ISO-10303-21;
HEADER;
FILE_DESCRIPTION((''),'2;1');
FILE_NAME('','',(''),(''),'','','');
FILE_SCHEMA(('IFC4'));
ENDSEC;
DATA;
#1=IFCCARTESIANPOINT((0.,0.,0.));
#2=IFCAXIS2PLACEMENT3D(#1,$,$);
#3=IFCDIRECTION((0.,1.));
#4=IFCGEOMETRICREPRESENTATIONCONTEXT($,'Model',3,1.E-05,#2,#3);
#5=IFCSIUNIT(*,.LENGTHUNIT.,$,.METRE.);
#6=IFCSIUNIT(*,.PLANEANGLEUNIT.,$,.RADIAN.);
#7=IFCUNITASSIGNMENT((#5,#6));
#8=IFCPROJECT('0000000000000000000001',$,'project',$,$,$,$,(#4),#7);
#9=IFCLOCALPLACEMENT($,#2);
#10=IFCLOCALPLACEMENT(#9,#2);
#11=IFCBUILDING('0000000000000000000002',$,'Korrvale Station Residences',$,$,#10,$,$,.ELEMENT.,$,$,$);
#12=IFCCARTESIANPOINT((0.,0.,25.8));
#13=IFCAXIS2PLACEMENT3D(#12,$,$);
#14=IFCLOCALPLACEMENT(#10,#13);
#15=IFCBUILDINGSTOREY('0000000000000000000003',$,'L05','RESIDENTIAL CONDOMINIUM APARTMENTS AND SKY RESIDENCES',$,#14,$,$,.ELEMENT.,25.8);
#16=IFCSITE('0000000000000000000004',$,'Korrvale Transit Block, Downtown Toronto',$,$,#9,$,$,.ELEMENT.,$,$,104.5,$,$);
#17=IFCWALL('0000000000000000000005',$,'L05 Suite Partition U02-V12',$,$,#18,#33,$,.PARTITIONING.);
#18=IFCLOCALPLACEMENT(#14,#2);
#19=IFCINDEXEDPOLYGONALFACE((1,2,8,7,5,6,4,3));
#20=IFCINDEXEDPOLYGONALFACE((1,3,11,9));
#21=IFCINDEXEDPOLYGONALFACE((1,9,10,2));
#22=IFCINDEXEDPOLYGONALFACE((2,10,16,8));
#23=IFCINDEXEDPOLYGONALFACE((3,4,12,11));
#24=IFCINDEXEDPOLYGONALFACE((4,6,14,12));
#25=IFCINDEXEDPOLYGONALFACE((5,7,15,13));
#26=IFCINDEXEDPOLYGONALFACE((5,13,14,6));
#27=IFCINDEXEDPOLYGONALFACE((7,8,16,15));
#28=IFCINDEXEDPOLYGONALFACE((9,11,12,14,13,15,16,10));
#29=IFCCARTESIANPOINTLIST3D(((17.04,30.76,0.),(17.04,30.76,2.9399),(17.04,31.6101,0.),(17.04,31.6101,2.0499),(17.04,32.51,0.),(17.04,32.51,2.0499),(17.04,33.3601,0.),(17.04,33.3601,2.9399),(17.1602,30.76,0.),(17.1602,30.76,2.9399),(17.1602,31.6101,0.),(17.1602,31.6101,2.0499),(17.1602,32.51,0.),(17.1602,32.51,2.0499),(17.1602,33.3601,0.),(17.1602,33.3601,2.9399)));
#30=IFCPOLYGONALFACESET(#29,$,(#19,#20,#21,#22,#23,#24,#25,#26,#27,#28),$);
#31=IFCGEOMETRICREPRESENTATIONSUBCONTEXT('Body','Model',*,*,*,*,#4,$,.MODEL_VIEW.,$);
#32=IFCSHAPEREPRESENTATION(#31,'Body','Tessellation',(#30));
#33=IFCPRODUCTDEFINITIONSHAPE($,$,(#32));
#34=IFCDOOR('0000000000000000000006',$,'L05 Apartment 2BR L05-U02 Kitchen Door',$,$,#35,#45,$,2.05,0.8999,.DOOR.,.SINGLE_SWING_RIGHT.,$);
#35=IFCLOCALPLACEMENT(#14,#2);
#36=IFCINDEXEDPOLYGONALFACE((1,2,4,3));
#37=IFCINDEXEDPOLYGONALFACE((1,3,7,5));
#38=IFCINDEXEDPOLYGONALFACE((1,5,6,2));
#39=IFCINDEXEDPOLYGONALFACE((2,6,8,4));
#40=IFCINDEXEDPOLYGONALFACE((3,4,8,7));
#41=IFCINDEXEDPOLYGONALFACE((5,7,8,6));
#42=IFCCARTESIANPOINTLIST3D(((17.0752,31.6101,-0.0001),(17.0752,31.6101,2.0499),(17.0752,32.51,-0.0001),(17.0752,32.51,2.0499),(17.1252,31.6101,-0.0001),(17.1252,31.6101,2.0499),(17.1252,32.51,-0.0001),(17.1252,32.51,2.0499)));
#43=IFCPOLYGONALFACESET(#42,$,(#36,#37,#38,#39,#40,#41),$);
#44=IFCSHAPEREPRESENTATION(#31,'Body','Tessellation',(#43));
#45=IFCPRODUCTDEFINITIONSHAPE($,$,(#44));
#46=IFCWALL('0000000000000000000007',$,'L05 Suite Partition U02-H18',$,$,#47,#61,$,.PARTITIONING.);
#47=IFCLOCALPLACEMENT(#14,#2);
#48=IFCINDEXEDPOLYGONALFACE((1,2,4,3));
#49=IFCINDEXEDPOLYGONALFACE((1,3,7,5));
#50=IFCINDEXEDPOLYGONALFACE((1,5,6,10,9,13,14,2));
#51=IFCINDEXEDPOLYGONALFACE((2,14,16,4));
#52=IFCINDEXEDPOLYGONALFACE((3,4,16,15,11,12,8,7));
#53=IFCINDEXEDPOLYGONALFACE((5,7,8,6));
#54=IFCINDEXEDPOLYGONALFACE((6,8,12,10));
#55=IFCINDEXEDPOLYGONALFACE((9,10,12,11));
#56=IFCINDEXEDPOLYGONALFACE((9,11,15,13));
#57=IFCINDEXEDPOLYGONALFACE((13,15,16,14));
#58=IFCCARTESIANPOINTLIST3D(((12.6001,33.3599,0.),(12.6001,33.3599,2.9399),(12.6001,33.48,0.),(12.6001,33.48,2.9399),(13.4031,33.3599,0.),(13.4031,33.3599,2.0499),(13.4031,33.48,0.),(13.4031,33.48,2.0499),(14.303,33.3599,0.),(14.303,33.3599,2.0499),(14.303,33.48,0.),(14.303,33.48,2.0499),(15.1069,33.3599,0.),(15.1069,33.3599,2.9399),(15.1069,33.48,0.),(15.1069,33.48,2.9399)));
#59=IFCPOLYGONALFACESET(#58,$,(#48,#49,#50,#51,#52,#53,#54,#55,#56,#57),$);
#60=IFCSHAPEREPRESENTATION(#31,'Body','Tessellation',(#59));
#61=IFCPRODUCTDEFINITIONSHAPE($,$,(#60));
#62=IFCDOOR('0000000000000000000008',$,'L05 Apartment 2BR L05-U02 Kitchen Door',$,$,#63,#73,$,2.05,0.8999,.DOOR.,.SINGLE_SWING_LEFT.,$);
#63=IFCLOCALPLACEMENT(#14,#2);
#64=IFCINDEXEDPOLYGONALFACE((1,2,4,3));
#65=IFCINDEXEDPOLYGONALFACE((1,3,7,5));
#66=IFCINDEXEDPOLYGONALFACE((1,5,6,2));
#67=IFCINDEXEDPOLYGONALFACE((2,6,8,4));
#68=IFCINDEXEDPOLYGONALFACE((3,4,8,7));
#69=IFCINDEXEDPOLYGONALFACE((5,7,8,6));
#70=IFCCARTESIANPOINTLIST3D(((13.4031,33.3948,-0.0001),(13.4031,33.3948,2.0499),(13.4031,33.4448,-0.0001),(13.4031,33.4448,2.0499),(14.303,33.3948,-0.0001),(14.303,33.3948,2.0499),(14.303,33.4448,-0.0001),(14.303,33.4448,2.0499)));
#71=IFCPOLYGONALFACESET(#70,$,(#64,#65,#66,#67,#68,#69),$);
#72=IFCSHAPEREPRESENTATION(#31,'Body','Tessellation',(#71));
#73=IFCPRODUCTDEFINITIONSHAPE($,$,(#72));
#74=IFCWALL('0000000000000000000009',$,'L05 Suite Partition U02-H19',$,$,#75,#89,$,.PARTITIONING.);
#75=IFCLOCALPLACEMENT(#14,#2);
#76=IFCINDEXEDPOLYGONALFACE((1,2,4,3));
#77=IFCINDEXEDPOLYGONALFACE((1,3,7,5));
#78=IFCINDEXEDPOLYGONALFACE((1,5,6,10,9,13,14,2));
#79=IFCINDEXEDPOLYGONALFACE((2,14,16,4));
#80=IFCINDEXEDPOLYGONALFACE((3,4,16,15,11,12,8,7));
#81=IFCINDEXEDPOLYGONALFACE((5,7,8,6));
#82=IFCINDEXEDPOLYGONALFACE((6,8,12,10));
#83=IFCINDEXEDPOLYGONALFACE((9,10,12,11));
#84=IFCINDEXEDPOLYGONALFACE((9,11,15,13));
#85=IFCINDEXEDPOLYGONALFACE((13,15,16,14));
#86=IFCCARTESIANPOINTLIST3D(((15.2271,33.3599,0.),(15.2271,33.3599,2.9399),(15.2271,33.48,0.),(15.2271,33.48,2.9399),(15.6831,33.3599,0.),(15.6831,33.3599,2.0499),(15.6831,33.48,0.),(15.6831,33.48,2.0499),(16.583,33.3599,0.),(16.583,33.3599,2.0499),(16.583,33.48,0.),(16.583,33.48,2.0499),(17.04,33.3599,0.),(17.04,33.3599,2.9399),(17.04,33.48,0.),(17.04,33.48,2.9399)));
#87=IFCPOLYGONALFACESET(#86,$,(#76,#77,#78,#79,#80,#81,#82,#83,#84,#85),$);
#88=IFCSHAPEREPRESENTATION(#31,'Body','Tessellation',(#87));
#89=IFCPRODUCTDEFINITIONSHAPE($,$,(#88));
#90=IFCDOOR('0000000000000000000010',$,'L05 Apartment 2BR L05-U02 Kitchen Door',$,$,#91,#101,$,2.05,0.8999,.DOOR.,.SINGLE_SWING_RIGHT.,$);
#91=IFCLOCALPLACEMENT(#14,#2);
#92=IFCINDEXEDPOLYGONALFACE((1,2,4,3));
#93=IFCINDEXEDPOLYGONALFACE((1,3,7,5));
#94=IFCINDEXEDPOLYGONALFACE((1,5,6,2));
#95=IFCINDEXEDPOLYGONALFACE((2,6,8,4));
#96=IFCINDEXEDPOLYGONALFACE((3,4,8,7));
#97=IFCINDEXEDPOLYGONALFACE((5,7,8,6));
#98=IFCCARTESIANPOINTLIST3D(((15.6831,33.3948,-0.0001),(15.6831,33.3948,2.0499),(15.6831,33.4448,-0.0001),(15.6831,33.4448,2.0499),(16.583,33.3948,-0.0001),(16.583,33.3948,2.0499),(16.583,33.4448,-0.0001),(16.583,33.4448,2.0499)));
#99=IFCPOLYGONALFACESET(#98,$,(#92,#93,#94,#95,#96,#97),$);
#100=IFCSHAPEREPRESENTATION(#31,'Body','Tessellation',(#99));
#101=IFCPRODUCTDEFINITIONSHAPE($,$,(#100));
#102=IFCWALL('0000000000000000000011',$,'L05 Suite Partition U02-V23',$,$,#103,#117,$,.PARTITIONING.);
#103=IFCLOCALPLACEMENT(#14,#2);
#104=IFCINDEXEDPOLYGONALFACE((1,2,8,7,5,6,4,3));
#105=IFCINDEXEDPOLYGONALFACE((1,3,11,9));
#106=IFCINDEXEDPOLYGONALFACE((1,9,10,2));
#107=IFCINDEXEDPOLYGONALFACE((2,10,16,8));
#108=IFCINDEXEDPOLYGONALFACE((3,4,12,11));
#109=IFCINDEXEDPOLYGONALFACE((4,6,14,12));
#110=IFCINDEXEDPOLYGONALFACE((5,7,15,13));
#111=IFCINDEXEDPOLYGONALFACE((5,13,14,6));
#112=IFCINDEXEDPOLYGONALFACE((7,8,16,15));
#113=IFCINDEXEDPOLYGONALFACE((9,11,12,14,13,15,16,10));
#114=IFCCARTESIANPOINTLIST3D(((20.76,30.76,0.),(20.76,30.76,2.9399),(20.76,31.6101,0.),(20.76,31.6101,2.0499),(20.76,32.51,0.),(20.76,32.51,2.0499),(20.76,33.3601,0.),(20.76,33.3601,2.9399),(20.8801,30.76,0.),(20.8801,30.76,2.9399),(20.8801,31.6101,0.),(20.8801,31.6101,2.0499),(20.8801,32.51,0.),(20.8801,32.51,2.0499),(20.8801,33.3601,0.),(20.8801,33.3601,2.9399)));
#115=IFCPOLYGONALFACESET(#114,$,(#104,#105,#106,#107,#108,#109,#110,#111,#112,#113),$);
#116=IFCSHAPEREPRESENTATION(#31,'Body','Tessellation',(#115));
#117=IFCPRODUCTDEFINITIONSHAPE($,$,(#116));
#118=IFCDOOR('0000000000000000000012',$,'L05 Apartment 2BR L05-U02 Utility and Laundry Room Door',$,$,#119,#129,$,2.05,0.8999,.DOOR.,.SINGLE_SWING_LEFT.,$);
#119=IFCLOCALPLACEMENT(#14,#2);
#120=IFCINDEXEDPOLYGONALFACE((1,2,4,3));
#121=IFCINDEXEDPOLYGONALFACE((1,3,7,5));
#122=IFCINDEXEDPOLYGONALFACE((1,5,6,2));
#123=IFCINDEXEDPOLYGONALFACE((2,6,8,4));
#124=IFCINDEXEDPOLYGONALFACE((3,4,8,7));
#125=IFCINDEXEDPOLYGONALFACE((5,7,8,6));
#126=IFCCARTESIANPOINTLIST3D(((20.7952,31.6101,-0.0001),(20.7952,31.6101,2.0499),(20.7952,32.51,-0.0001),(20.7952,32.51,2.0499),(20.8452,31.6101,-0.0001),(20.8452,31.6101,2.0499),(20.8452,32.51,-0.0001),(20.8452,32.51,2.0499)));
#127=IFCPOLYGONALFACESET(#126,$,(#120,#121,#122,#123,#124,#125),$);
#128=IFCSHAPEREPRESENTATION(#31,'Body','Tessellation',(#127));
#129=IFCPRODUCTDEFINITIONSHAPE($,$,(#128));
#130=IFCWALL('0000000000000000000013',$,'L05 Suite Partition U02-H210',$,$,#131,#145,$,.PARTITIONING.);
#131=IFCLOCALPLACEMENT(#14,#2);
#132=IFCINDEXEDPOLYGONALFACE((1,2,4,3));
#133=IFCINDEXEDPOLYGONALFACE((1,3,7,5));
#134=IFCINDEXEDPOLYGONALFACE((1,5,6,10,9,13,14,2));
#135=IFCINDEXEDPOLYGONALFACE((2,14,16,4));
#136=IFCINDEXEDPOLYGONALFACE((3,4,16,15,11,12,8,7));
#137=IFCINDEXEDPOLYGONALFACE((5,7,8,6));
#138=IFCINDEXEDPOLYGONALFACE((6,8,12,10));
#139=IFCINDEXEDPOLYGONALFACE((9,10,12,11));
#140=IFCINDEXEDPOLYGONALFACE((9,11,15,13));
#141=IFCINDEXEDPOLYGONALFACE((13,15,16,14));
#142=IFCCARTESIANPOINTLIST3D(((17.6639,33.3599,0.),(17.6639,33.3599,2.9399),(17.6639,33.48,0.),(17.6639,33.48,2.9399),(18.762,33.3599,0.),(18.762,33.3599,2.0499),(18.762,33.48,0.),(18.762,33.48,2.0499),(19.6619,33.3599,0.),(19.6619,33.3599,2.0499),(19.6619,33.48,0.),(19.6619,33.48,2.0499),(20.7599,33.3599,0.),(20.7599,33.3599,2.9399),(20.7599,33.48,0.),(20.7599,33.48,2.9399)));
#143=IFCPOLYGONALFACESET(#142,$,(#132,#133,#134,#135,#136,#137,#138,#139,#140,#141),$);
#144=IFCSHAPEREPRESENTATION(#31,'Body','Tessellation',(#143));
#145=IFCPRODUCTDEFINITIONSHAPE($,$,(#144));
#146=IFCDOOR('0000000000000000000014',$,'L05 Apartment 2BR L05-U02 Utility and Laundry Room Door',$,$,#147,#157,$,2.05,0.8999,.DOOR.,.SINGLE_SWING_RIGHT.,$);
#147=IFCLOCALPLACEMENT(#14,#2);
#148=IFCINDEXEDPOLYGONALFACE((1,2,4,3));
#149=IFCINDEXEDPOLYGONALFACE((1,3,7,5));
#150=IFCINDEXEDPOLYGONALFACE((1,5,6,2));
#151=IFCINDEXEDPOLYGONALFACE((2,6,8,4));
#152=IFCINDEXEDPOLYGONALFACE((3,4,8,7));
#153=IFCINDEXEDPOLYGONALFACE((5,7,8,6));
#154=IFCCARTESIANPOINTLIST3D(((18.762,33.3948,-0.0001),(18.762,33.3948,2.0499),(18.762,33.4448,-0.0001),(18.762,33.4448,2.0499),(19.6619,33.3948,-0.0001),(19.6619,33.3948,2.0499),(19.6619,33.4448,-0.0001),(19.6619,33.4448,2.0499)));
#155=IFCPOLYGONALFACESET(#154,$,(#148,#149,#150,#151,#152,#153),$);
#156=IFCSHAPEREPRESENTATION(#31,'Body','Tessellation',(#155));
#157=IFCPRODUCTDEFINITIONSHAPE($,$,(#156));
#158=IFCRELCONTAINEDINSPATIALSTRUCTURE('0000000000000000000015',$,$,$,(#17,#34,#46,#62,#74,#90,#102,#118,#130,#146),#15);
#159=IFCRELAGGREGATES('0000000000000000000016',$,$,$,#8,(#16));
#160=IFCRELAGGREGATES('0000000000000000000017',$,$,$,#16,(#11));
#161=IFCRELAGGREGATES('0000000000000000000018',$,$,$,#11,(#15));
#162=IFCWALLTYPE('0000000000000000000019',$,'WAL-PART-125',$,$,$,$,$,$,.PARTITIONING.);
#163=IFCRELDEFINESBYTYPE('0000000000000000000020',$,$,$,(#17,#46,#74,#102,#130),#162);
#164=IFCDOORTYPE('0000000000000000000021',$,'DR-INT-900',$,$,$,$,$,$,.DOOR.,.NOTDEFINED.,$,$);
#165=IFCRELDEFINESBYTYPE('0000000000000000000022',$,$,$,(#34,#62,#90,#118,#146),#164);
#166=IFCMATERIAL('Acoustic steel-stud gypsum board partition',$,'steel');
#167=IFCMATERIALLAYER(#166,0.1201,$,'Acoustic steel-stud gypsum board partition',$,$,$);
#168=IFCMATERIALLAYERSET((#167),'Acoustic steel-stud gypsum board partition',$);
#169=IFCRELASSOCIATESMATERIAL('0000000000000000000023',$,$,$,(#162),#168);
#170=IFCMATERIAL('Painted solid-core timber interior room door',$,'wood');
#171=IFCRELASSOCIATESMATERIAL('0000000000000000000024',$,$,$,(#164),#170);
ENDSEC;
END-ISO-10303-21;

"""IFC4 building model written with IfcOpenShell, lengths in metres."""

from ifc_helpers import new_model, si_unit, direction, frame, frame_2d, origin, place, context, subcontext, project, spatial, rectangle, extrude, material, layer, layer_set, type_object, element, fill, save


model = new_model("IFC4")

# Units and contexts
model_context = context("Model", 3, precision=1e-05, world=origin(), true_north=direction((0.0, 1.0)))
body_context = subcontext(model_context, "Body", "Model", "MODEL_VIEW")
ifc_project = project(units=[si_unit("LENGTHUNIT", "METRE"), si_unit("PLANEANGLEUNIT", "RADIAN")], contexts=[model_context])

# Site, building, storey
site_placement = place(None, origin())
site = spatial("IfcSite", under=ifc_project, at=site_placement, Name="Korrvale Transit Block, Downtown Toronto", CompositionType="ELEMENT", RefElevation=104.5)
building_placement = place(site_placement, origin())
building = spatial("IfcBuilding", under=site, at=building_placement, Name="Korrvale Station Residences", CompositionType="ELEMENT")
storey_placement = place(building_placement, frame((0.0, 0.0, 25.8)))
storey = spatial("IfcBuildingStorey", under=building, at=storey_placement, Name="L05", Description="RESIDENTIAL CONDOMINIUM APARTMENTS AND SKY RESIDENCES", CompositionType="ELEMENT", Elevation=25.8)

# Walls, openings, doors
ifc_material_1 = material(Name="Acoustic steel-stud gypsum board partition", Category="steel")
ifc_layer = layer(ifc_material_1, 0.1201, Name="Acoustic steel-stud gypsum board partition")
ifc_layer_set = layer_set([ifc_layer], Name="Acoustic steel-stud gypsum board partition")
wall_type = type_object("IfcWallType", Name="WAL-PART-125", PredefinedType="PARTITIONING", material=ifc_layer_set)
wall_1_placement = place(storey_placement, frame((17.1001, 30.76, 0.0), z_axis=(0.0, 0.0, 1.0), x_axis=(0.0, 1.0, 0.0)))
wall_1 = element("IfcWall", 1, at=wall_1_placement, inside=storey, type_object=wall_type, Name="L05 Suite Partition U02-V12", PredefinedType="PARTITIONING", context=body_context, shape_type="SweptSolid", body=[
    extrude(rectangle(XDim=2.6001, YDim=0.1201, at=frame_2d((1.3, 0.0))), origin(), (0.0, 0.0, 1.0), 2.9399),
])
opening_1_placement = place(wall_1_placement, frame((0.8501, 0.0, 0.0)))
opening_1 = element("IfcOpeningElement", 2, at=opening_1_placement, cuts=wall_1, PredefinedType="OPENING", context=body_context, shape_type="SweptSolid", body=[
    extrude(rectangle(XDim=0.8999, YDim=2.05, at=frame_2d((0.45, 1.0249))), frame((0.0, 0.0701, 0.0), z_axis=(0.0, -1.0, 0.0), x_axis=(1.0, 0.0, 0.0)), (0.0, 0.0, 1.0), 0.1401),
])
ifc_material_2 = material(Name="Painted solid-core timber interior room door", Category="wood")
door_type = type_object("IfcDoorType", Name="DR-INT-900", OperationType="NOTDEFINED", PredefinedType="DOOR", material=ifc_material_2)
door_1_placement = place(opening_1_placement, origin())
door_1 = element("IfcDoor", 3, at=door_1_placement, inside=storey, type_object=door_type, Name="L05 Apartment 2BR L05-U02 Kitchen Door", OperationType="SINGLE_SWING_RIGHT", OverallHeight=2.05, OverallWidth=0.8999, PredefinedType="DOOR", context=body_context, shape_type="SweptSolid", body=[
    extrude(rectangle(XDim=0.8999, YDim=2.05, at=frame_2d((0.45, 1.0249))), frame((0.0, 0.0249, 0.0), z_axis=(0.0, -1.0, 0.0), x_axis=(1.0, 0.0, 0.0)), (0.0, 0.0, 1.0), 0.05),
])
fill(opening_1, door_1)
wall_2_placement = place(storey_placement, frame((12.6001, 33.4199, 0.0), z_axis=(0.0, 0.0, 1.0), x_axis=(1.0, 0.0, 0.0)))
wall_2 = element("IfcWall", 4, at=wall_2_placement, inside=storey, type_object=wall_type, Name="L05 Suite Partition U02-H18", PredefinedType="PARTITIONING", context=body_context, shape_type="SweptSolid", body=[
    extrude(rectangle(XDim=2.5068, YDim=0.1201, at=frame_2d((1.2534, 0.0))), origin(), (0.0, 0.0, 1.0), 2.9399),
])
opening_2_placement = place(wall_2_placement, frame((0.803, 0.0, 0.0)))
opening_2 = element("IfcOpeningElement", 5, at=opening_2_placement, cuts=wall_2, PredefinedType="OPENING", context=body_context, shape_type="SweptSolid", body=[
    extrude(rectangle(XDim=0.8999, YDim=2.05, at=frame_2d((0.45, 1.0249))), frame((0.0, 0.0701, 0.0), z_axis=(0.0, -1.0, 0.0), x_axis=(1.0, 0.0, 0.0)), (0.0, 0.0, 1.0), 0.1401),
])
door_2_placement = place(opening_2_placement, origin())
door_2 = element("IfcDoor", 6, at=door_2_placement, inside=storey, type_object=door_type, Name="L05 Apartment 2BR L05-U02 Kitchen Door", OperationType="SINGLE_SWING_LEFT", OverallHeight=2.05, OverallWidth=0.8999, PredefinedType="DOOR", context=body_context, shape_type="SweptSolid", body=[
    extrude(rectangle(XDim=0.8999, YDim=2.05, at=frame_2d((0.45, 1.0249))), frame((0.0, 0.0249, 0.0), z_axis=(0.0, -1.0, 0.0), x_axis=(1.0, 0.0, 0.0)), (0.0, 0.0, 1.0), 0.05),
])
fill(opening_2, door_2)
wall_3_placement = place(storey_placement, frame((15.2271, 33.4199, 0.0), z_axis=(0.0, 0.0, 1.0), x_axis=(1.0, 0.0, 0.0)))
wall_3 = element("IfcWall", 7, at=wall_3_placement, inside=storey, type_object=wall_type, Name="L05 Suite Partition U02-H19", PredefinedType="PARTITIONING", context=body_context, shape_type="SweptSolid", body=[
    extrude(rectangle(XDim=1.813, YDim=0.1201, at=frame_2d((0.9065, 0.0))), origin(), (0.0, 0.0, 1.0), 2.9399),
])
opening_3_placement = place(wall_3_placement, frame((0.4561, 0.0, 0.0)))
opening_3 = element("IfcOpeningElement", 8, at=opening_3_placement, cuts=wall_3, PredefinedType="OPENING", context=body_context, shape_type="SweptSolid", body=[
    extrude(rectangle(XDim=0.8999, YDim=2.05, at=frame_2d((0.45, 1.0249))), frame((0.0, 0.0701, 0.0), z_axis=(0.0, -1.0, 0.0), x_axis=(1.0, 0.0, 0.0)), (0.0, 0.0, 1.0), 0.1401),
])
door_3_placement = place(opening_3_placement, origin())
door_3 = element("IfcDoor", 9, at=door_3_placement, inside=storey, type_object=door_type, Name="L05 Apartment 2BR L05-U02 Kitchen Door", OperationType="SINGLE_SWING_RIGHT", OverallHeight=2.05, OverallWidth=0.8999, PredefinedType="DOOR", context=body_context, shape_type="SweptSolid", body=[
    extrude(rectangle(XDim=0.8999, YDim=2.05, at=frame_2d((0.45, 1.0249))), frame((0.0, 0.0249, 0.0), z_axis=(0.0, -1.0, 0.0), x_axis=(1.0, 0.0, 0.0)), (0.0, 0.0, 1.0), 0.05),
])
fill(opening_3, door_3)
wall_4_placement = place(storey_placement, frame((20.8201, 30.76, 0.0), z_axis=(0.0, 0.0, 1.0), x_axis=(0.0, 1.0, 0.0)))
wall_4 = element("IfcWall", 10, at=wall_4_placement, inside=storey, type_object=wall_type, Name="L05 Suite Partition U02-V23", PredefinedType="PARTITIONING", context=body_context, shape_type="SweptSolid", body=[
    extrude(rectangle(XDim=2.6001, YDim=0.1201, at=frame_2d((1.3, 0.0))), origin(), (0.0, 0.0, 1.0), 2.9399),
])
opening_4_placement = place(wall_4_placement, frame((0.8501, 0.0, 0.0)))
opening_4 = element("IfcOpeningElement", 11, at=opening_4_placement, cuts=wall_4, PredefinedType="OPENING", context=body_context, shape_type="SweptSolid", body=[
    extrude(rectangle(XDim=0.8999, YDim=2.05, at=frame_2d((0.45, 1.0249))), frame((0.0, 0.0701, 0.0), z_axis=(0.0, -1.0, 0.0), x_axis=(1.0, 0.0, 0.0)), (0.0, 0.0, 1.0), 0.1401),
])
door_4_placement = place(opening_4_placement, origin())
door_4 = element("IfcDoor", 12, at=door_4_placement, inside=storey, type_object=door_type, Name="L05 Apartment 2BR L05-U02 Utility and Laundry Room Door", OperationType="SINGLE_SWING_LEFT", OverallHeight=2.05, OverallWidth=0.8999, PredefinedType="DOOR", context=body_context, shape_type="SweptSolid", body=[
    extrude(rectangle(XDim=0.8999, YDim=2.05, at=frame_2d((0.45, 1.0249))), frame((0.0, 0.0249, 0.0), z_axis=(0.0, -1.0, 0.0), x_axis=(1.0, 0.0, 0.0)), (0.0, 0.0, 1.0), 0.05),
])
fill(opening_4, door_4)
wall_5_placement = place(storey_placement, frame((17.6641, 33.4199, 0.0), z_axis=(0.0, 0.0, 1.0), x_axis=(1.0, 0.0, 0.0)))
wall_5 = element("IfcWall", 13, at=wall_5_placement, inside=storey, type_object=wall_type, Name="L05 Suite Partition U02-H210", PredefinedType="PARTITIONING", context=body_context, shape_type="SweptSolid", body=[
    extrude(rectangle(XDim=3.0959, YDim=0.1201, at=frame_2d((1.5479, 0.0))), origin(), (0.0, 0.0, 1.0), 2.9399),
])
opening_5_placement = place(wall_5_placement, frame((1.0979, 0.0, 0.0)))
opening_5 = element("IfcOpeningElement", 14, at=opening_5_placement, cuts=wall_5, PredefinedType="OPENING", context=body_context, shape_type="SweptSolid", body=[
    extrude(rectangle(XDim=0.8999, YDim=2.05, at=frame_2d((0.45, 1.0249))), frame((0.0, 0.0701, 0.0), z_axis=(0.0, -1.0, 0.0), x_axis=(1.0, 0.0, 0.0)), (0.0, 0.0, 1.0), 0.1401),
])
door_5_placement = place(opening_5_placement, origin())
door_5 = element("IfcDoor", 15, at=door_5_placement, inside=storey, type_object=door_type, Name="L05 Apartment 2BR L05-U02 Utility and Laundry Room Door", OperationType="SINGLE_SWING_RIGHT", OverallHeight=2.05, OverallWidth=0.8999, PredefinedType="DOOR", context=body_context, shape_type="SweptSolid", body=[
    extrude(rectangle(XDim=0.8999, YDim=2.05, at=frame_2d((0.45, 1.0249))), frame((0.0, 0.0249, 0.0), z_axis=(0.0, -1.0, 0.0), x_axis=(1.0, 0.0, 0.0)), (0.0, 0.0, 1.0), 0.05),
])
fill(opening_5, door_5)

save(model, "model.ifc")
